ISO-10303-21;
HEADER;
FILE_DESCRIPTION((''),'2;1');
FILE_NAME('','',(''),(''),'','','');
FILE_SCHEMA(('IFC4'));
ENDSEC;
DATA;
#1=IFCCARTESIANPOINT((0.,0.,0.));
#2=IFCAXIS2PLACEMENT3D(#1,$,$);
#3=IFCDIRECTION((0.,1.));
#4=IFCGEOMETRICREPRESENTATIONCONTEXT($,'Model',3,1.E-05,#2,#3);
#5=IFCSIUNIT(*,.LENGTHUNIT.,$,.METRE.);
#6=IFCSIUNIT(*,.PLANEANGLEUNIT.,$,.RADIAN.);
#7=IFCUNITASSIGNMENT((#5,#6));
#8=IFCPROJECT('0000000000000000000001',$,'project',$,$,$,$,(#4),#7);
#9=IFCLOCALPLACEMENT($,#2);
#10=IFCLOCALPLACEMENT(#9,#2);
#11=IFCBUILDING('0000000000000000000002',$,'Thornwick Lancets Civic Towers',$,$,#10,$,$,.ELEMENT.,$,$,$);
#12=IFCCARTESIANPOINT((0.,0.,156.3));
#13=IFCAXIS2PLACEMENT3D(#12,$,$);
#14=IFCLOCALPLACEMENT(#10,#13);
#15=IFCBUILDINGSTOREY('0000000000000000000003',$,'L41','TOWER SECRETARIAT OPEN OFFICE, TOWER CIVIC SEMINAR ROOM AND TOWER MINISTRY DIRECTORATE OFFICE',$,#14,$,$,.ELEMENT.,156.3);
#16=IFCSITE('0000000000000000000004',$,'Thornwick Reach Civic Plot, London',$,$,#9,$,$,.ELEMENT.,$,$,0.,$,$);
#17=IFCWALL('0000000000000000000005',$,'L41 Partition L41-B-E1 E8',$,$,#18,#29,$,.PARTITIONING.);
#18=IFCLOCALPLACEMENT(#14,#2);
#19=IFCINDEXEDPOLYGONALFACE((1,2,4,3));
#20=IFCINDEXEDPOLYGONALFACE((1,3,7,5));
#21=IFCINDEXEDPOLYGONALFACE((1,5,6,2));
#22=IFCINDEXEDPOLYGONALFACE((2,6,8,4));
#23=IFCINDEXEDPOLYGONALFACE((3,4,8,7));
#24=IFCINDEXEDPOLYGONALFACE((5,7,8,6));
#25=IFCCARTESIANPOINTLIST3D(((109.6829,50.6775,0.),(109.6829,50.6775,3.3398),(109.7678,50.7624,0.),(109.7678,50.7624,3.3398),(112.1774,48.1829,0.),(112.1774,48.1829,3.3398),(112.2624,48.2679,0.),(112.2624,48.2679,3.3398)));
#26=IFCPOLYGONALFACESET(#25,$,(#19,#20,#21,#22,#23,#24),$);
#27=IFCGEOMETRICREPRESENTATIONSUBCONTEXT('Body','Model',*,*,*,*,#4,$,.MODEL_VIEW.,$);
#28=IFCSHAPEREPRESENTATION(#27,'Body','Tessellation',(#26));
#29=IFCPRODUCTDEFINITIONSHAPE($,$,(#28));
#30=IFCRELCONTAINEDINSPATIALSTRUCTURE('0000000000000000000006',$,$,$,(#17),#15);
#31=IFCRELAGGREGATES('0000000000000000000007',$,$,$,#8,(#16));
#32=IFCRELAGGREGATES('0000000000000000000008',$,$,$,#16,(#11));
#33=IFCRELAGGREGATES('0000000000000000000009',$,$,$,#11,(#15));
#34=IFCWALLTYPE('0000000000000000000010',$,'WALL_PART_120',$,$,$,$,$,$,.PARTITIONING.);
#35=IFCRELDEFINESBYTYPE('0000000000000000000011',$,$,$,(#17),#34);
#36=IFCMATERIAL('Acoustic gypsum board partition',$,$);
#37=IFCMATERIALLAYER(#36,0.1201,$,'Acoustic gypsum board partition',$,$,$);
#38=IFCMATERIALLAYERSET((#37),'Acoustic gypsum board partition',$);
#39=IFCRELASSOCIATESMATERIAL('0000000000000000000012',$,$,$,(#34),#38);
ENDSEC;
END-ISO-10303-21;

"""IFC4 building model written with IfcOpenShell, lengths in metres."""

from ifc_helpers import new_model, si_unit, direction, frame, frame_2d, origin, place, context, subcontext, project, spatial, rectangle, extrude, material, layer, layer_set, type_object, element, save


model = new_model("IFC4")

# Units and contexts
model_context = context("Model", 3, precision=1e-05, world=origin(), true_north=direction((0.0, 1.0)))
body_context = subcontext(model_context, "Body", "Model", "MODEL_VIEW")
ifc_project = project(units=[si_unit("LENGTHUNIT", "METRE"), si_unit("PLANEANGLEUNIT", "RADIAN")], contexts=[model_context])

# Site, building, storey
site_placement = place(None, origin())
site = spatial("IfcSite", under=ifc_project, at=site_placement, Name="Thornwick Reach Civic Plot, London", CompositionType="ELEMENT", RefElevation=0.0)
building_placement = place(site_placement, origin())
building = spatial("IfcBuilding", under=site, at=building_placement, Name="Thornwick Lancets Civic Towers", CompositionType="ELEMENT")
storey_placement = place(building_placement, frame((0.0, 0.0, 156.3)))
storey = spatial("IfcBuildingStorey", under=building, at=storey_placement, Name="L41", Description="TOWER SECRETARIAT OPEN OFFICE, TOWER CIVIC SEMINAR ROOM AND TOWER MINISTRY DIRECTORATE OFFICE", CompositionType="ELEMENT", Elevation=156.3)

# Wall
ifc_material_1 = material(Name="Acoustic gypsum board partition")
ifc_layer_1 = layer(ifc_material_1, 0.1201, Name="Acoustic gypsum board partition")
ifc_layer_set_1 = layer_set([ifc_layer_1], Name="Acoustic gypsum board partition")
wall_type_1 = type_object("IfcWallType", Name="WALL_PART_120", PredefinedType="PARTITIONING", material=ifc_layer_set_1)
wall_1_placement = place(storey_placement, frame((109.7253, 50.72, 0.0), z_axis=(0.0, 0.0, 1.0), x_axis=(0.707107, -0.707107, 0.0)))
element("IfcWall", 1, at=wall_1_placement, inside=storey, type_object=wall_type_1, Name="L41 Partition L41-B-E1 E8", PredefinedType="PARTITIONING", context=body_context, shape_type="SweptSolid", body=[
    extrude(rectangle(XDim=3.5278, YDim=0.1201, at=frame_2d((1.7639, 0.0))), origin(), (0.0, 0.0, 1.0), 3.3398),
])

save(model, "model.ifc")
